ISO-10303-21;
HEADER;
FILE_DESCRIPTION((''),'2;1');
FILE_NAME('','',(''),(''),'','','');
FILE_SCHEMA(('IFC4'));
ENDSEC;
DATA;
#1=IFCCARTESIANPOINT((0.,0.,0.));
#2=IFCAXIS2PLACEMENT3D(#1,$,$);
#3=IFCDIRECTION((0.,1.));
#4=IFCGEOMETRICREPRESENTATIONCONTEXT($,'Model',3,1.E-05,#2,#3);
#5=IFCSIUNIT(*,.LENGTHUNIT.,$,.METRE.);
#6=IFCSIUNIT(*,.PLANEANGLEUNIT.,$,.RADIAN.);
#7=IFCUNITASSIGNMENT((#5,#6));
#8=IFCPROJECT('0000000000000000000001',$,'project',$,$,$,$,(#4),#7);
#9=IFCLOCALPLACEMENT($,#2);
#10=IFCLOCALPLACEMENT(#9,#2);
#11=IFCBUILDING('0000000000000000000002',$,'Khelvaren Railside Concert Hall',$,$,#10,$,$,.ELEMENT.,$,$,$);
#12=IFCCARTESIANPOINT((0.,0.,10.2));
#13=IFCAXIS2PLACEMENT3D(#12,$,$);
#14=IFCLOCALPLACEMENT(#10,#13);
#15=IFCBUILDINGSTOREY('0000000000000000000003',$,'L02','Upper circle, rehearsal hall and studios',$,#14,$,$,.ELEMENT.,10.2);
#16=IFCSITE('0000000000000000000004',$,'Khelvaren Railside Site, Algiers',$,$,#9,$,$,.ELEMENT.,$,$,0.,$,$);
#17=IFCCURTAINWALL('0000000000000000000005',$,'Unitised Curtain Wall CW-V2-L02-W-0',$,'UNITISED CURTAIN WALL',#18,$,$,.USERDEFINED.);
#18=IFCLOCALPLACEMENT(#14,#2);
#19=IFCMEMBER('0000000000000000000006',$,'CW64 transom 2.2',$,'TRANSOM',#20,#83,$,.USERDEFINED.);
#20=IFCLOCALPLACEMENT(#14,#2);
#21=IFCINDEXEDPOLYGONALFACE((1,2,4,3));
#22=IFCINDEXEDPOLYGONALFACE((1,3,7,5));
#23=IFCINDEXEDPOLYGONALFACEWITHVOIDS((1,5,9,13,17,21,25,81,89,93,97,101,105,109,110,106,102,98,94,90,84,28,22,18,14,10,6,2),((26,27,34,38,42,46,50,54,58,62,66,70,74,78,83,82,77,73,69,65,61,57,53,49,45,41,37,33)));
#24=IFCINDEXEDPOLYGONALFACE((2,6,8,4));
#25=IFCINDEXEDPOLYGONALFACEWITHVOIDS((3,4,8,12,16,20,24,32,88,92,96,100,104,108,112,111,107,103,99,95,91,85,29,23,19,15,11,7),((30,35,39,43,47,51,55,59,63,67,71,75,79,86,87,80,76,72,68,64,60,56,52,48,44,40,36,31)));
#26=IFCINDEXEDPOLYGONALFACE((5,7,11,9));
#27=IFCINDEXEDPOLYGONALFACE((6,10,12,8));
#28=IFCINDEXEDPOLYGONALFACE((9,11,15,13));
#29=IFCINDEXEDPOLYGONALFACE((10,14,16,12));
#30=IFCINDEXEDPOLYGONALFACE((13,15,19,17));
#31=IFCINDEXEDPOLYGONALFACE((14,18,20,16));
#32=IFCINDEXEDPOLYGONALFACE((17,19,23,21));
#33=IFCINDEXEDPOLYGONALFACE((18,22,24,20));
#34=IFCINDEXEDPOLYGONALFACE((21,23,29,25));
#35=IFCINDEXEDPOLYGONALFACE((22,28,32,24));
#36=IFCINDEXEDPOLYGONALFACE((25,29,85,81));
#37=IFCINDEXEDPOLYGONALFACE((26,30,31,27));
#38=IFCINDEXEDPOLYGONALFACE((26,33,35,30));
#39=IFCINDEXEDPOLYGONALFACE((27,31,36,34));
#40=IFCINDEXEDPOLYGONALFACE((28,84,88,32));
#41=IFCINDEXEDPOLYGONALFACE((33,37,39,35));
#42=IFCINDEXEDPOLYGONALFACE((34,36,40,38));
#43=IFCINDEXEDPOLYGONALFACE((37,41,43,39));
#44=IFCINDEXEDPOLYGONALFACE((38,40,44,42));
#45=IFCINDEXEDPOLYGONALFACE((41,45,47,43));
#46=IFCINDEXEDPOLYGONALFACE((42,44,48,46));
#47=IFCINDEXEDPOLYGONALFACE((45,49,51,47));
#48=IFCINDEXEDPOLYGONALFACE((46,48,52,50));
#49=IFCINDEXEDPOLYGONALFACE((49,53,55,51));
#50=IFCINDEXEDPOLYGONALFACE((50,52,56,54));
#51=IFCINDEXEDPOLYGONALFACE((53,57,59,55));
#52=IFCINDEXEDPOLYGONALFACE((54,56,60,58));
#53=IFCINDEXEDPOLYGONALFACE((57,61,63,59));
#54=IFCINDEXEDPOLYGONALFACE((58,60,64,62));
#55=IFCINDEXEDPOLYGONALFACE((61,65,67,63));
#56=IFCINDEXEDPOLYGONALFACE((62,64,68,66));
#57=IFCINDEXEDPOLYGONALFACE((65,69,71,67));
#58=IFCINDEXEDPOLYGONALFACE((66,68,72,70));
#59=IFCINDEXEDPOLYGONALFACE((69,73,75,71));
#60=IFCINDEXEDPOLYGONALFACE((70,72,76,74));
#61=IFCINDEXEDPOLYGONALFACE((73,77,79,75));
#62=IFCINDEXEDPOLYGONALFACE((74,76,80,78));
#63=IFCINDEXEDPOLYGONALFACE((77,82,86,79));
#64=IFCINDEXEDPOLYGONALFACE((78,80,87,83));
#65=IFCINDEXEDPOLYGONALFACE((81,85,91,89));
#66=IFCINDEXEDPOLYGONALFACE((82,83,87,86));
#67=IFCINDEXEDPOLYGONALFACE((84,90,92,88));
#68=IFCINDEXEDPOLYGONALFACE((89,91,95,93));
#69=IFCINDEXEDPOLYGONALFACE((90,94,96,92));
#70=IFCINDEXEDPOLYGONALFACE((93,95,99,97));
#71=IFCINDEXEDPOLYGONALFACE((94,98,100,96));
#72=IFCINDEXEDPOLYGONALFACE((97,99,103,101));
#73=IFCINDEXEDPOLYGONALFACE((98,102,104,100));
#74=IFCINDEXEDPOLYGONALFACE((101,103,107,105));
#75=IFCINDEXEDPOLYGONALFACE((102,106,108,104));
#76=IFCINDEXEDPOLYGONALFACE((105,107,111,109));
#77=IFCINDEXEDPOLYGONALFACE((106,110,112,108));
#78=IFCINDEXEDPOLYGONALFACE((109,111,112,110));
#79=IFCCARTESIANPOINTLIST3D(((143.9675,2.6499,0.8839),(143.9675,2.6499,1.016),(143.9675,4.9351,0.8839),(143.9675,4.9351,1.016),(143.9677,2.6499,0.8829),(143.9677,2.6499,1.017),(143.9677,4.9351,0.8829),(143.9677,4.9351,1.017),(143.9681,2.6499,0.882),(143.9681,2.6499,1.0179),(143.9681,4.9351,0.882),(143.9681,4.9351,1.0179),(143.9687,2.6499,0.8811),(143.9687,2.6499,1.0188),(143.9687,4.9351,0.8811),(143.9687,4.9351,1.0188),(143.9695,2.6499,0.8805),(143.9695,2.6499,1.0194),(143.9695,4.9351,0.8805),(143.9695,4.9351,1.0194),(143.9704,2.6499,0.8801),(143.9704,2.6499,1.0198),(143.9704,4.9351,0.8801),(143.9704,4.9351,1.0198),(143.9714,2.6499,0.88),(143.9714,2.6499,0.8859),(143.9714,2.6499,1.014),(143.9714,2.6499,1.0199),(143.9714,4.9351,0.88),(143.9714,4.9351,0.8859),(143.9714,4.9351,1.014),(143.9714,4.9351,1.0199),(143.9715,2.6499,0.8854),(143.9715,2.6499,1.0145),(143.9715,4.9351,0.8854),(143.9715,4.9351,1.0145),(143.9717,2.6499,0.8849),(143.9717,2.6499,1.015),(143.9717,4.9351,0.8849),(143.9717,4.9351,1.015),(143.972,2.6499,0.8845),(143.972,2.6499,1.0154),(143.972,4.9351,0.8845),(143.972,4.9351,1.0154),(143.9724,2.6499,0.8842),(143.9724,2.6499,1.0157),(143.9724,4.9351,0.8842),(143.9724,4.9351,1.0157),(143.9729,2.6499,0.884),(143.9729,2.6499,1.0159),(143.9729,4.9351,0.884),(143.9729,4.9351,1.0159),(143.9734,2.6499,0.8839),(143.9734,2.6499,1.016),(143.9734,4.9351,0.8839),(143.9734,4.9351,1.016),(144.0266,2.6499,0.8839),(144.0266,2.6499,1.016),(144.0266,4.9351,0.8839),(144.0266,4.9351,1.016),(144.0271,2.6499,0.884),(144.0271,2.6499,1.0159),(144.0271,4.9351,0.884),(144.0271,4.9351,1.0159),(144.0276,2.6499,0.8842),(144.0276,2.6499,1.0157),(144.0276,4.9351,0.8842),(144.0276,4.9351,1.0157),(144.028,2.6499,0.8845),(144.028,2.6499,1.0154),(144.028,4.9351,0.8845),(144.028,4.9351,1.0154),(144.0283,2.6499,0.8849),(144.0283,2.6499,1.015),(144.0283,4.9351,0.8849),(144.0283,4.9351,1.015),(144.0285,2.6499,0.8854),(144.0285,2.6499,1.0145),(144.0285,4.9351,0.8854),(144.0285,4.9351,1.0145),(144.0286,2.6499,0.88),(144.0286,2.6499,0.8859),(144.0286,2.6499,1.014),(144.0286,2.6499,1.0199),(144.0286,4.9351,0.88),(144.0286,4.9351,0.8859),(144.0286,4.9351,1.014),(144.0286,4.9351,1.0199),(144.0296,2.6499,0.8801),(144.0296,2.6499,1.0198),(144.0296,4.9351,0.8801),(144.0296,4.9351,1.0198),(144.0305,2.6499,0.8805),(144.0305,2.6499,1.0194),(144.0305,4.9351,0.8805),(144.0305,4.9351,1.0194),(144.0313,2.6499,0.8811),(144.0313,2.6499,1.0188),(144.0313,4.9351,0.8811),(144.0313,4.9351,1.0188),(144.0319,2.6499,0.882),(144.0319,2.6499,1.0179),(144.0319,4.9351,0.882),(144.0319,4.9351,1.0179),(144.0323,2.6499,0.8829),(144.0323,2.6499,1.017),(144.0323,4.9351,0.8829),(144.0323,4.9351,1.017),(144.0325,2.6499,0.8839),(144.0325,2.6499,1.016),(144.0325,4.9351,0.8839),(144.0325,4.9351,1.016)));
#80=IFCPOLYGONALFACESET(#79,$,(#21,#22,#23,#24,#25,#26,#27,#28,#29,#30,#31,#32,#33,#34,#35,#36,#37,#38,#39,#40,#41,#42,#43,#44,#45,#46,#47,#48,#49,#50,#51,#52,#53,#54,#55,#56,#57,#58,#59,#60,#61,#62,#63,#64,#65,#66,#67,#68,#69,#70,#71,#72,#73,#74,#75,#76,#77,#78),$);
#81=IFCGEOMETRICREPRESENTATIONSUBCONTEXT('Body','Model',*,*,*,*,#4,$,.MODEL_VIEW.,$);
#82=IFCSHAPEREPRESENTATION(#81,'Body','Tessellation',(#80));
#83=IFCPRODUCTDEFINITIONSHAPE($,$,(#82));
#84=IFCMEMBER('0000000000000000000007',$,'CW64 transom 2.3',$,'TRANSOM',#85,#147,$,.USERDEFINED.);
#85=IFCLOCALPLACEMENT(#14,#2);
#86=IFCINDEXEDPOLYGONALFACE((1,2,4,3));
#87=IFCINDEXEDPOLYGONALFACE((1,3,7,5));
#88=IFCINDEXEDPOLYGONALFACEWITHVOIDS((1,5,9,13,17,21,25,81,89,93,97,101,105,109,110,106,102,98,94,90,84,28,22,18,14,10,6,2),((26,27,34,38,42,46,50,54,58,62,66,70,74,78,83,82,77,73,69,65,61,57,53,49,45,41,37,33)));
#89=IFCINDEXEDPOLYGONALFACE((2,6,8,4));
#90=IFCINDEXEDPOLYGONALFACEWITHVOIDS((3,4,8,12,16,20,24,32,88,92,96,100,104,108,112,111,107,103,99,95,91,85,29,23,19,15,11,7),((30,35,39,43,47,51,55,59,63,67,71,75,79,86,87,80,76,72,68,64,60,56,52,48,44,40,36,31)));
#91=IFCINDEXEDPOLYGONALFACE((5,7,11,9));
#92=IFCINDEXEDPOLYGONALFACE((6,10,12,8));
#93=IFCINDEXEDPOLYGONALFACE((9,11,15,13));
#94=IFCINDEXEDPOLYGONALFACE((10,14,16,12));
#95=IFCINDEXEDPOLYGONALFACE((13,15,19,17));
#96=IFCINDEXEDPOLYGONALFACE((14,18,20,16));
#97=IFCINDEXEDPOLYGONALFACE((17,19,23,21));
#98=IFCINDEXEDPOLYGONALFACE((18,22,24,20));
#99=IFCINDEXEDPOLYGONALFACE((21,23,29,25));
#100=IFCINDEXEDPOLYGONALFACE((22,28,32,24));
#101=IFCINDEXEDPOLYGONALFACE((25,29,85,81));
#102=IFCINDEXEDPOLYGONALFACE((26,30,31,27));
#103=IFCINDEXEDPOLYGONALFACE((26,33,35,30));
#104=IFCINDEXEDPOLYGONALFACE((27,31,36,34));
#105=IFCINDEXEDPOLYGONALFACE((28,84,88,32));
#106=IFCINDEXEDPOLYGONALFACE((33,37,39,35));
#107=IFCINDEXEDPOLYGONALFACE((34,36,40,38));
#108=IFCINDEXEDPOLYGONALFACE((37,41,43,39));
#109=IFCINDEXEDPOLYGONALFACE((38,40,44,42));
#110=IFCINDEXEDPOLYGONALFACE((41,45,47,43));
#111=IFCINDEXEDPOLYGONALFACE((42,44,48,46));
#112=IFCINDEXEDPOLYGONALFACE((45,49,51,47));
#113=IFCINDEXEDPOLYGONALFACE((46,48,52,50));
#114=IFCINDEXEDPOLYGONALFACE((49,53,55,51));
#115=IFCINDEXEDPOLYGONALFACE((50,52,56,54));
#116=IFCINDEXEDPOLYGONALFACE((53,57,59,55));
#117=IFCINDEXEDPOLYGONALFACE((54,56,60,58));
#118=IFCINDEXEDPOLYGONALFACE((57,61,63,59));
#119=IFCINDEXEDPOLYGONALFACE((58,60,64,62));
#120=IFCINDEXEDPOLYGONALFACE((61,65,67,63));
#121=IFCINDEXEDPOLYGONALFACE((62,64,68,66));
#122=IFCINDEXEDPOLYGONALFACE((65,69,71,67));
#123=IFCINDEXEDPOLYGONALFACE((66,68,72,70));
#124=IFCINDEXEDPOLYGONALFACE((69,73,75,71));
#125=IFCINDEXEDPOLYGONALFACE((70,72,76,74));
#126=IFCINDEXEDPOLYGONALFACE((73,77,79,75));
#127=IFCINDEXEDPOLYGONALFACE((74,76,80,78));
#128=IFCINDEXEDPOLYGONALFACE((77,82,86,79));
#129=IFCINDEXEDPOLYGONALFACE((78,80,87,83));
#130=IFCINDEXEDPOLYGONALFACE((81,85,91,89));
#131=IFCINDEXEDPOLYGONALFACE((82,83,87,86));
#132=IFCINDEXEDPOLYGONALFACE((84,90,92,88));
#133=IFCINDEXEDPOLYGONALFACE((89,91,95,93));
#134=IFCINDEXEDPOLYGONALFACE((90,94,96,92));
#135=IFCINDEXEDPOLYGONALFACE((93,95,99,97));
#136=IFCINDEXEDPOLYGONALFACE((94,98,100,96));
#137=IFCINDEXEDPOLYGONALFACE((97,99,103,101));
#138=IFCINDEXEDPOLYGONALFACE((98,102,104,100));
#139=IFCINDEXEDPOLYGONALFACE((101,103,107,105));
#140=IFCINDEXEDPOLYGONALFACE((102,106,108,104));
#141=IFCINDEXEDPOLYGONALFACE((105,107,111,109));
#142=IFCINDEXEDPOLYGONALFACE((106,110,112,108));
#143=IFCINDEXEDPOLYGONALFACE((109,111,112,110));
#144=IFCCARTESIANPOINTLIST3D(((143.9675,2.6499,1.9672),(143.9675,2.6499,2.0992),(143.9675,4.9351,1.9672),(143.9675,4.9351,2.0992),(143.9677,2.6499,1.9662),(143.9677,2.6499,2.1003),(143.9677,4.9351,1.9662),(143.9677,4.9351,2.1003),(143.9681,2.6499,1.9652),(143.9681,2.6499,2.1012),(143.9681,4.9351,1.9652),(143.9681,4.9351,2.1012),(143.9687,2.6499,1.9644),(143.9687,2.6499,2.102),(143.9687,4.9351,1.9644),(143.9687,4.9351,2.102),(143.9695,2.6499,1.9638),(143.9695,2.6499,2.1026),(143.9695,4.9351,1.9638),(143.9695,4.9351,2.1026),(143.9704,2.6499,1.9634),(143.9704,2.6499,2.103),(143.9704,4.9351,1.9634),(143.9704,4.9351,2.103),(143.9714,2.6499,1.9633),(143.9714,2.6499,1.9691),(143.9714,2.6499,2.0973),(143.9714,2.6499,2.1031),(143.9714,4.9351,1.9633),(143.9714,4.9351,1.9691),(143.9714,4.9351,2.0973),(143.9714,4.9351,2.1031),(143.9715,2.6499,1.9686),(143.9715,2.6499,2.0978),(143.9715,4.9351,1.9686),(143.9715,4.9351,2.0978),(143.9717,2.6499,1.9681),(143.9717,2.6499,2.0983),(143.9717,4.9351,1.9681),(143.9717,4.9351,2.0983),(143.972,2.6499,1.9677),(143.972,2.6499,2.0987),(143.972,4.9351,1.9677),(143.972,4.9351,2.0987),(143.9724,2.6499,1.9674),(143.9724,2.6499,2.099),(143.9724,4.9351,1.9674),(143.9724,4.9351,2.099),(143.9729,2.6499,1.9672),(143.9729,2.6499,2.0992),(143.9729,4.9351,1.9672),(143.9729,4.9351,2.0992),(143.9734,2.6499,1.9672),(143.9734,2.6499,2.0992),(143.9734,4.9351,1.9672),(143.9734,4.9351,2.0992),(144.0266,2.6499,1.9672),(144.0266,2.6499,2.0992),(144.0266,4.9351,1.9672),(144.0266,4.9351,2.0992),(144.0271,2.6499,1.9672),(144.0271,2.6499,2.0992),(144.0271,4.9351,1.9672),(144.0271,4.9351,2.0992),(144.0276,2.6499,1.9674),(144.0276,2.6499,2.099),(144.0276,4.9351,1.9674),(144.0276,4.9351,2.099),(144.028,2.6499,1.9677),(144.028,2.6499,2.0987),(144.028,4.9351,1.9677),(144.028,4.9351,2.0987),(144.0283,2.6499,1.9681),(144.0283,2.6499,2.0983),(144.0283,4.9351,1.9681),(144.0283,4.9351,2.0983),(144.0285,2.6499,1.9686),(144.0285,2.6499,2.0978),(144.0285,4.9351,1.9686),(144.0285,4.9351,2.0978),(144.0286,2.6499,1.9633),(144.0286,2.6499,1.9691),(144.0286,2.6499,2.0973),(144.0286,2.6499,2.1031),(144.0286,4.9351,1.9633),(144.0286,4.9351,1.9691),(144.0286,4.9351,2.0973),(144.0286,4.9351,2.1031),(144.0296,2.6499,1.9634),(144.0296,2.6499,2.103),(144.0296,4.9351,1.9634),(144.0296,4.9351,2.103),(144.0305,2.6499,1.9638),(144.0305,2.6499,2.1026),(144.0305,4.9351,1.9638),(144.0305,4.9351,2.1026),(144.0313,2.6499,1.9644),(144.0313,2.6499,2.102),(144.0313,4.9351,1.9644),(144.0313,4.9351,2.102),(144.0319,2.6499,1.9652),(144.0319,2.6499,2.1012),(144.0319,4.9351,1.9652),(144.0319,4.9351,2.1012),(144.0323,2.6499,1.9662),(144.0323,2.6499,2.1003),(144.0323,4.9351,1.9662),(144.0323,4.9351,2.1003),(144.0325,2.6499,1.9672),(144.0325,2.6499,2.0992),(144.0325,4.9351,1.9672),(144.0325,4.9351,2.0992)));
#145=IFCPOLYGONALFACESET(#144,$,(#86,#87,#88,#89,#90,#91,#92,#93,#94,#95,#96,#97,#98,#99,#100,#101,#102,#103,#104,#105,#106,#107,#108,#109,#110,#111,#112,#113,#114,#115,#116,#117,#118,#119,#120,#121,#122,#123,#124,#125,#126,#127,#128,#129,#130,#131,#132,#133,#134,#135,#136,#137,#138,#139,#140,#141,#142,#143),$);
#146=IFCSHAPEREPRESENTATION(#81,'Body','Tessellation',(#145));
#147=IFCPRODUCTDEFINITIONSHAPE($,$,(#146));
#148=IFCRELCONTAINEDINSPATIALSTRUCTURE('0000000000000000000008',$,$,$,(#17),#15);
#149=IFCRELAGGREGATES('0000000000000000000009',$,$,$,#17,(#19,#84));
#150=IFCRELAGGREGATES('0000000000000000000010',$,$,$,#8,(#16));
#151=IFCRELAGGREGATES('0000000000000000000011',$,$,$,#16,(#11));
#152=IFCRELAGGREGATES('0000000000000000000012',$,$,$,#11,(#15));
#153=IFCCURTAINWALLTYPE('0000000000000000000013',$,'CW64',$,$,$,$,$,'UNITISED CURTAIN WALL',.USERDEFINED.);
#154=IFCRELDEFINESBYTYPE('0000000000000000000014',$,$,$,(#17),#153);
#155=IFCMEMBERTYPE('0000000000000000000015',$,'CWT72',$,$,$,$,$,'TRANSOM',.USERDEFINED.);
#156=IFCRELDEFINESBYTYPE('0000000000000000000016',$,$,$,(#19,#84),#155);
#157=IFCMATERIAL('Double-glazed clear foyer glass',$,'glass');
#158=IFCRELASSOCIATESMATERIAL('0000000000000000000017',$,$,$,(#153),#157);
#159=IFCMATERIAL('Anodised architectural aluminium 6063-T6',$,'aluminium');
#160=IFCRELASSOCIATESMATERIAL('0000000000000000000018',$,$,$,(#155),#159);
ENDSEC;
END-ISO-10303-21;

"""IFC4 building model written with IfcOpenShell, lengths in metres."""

from ifc_helpers import new_model, si_unit, direction, frame, origin, origin_2d, place, context, subcontext, project, spatial, hollow_rectangle, extrude, material, material_profile, profile_set, type_object, element, aggregate, save


model = new_model("IFC4")

# Units and contexts
model_context = context("Model", 3, precision=1e-05, world=origin(), true_north=direction((0.0, 1.0)))
body_context = subcontext(model_context, "Body", "Model", "MODEL_VIEW")
ifc_project = project(units=[si_unit("LENGTHUNIT", "METRE"), si_unit("PLANEANGLEUNIT", "RADIAN")], contexts=[model_context])

# Site, building, storey
site_placement = place(None, origin())
site = spatial("IfcSite", under=ifc_project, at=site_placement, Name="Khelvaren Railside Site, Algiers", CompositionType="ELEMENT", RefElevation=0.0)
building_placement = place(site_placement, origin())
building = spatial("IfcBuilding", under=site, at=building_placement, Name="Khelvaren Railside Concert Hall", CompositionType="ELEMENT")
storey_placement = place(building_placement, frame((0.0, 0.0, 10.2)))
storey = spatial("IfcBuildingStorey", under=building, at=storey_placement, Name="L02", Description="Upper circle, rehearsal hall and studios", CompositionType="ELEMENT", Elevation=10.2)

# Curtain wall, members
ifc_material_1 = material(Name="Double-glazed clear foyer glass", Category="glass")
curtain_wall_type = type_object("IfcCurtainWallType", Name="CW64", ElementType="UNITISED CURTAIN WALL", PredefinedType="USERDEFINED", material=ifc_material_1)
curtain_wall_placement = place(storey_placement, origin())
curtain_wall = element("IfcCurtainWall", 1, at=curtain_wall_placement, inside=storey, type_object=curtain_wall_type, Name="Unitised Curtain Wall CW-V2-L02-W-0", ObjectType="UNITISED CURTAIN WALL", PredefinedType="USERDEFINED")
ifc_material_2 = material(Name="Anodised architectural aluminium 6063-T6", Category="aluminium")
ifc_material_profile_1 = material_profile(ifc_material_2, hollow_rectangle(XDim=0.0649, YDim=0.1399, WallThickness=0.0039, InnerFilletRadius=0.002, OuterFilletRadius=0.0039, at=origin_2d()), Name="CWT 65x140x4")
ifc_profile_set_1 = profile_set([ifc_material_profile_1], Name="Anodised architectural aluminium 6063-T6")
member_type_1 = type_object("IfcMemberType", Name="CWT72", ElementType="TRANSOM", PredefinedType="USERDEFINED", material=ifc_profile_set_1)
member_1_placement = place(storey_placement, frame((144.0, 2.6499, 0.95), z_axis=(0.0, 1.0, 0.0), x_axis=(-1.0, 0.0, 0.0)))
member_1 = element("IfcMember", 2, at=member_1_placement, type_object=member_type_1, Name="CW64 transom 2.2", ObjectType="TRANSOM", PredefinedType="USERDEFINED", context=body_context, shape_type="SweptSolid", body=[
    extrude(hollow_rectangle(XDim=0.0649, YDim=0.1399, WallThickness=0.0039, InnerFilletRadius=0.002, OuterFilletRadius=0.0039, at=origin_2d()), origin(), (0.0, 0.0, 1.0), 2.2852),
])
member_2_placement = place(storey_placement, frame((144.0, 2.6499, 2.0332), z_axis=(0.0, 1.0, 0.0), x_axis=(-1.0, 0.0, 0.0)))
member_2 = element("IfcMember", 3, at=member_2_placement, type_object=member_type_1, Name="CW64 transom 2.3", ObjectType="TRANSOM", PredefinedType="USERDEFINED", context=body_context, shape_type="SweptSolid", body=[
    extrude(hollow_rectangle(XDim=0.0649, YDim=0.1399, WallThickness=0.0039, InnerFilletRadius=0.002, OuterFilletRadius=0.0039, at=origin_2d()), origin(), (0.0, 0.0, 1.0), 2.2852),
])

aggregate(curtain_wall, [member_1, member_2])

save(model, "model.ifc")
